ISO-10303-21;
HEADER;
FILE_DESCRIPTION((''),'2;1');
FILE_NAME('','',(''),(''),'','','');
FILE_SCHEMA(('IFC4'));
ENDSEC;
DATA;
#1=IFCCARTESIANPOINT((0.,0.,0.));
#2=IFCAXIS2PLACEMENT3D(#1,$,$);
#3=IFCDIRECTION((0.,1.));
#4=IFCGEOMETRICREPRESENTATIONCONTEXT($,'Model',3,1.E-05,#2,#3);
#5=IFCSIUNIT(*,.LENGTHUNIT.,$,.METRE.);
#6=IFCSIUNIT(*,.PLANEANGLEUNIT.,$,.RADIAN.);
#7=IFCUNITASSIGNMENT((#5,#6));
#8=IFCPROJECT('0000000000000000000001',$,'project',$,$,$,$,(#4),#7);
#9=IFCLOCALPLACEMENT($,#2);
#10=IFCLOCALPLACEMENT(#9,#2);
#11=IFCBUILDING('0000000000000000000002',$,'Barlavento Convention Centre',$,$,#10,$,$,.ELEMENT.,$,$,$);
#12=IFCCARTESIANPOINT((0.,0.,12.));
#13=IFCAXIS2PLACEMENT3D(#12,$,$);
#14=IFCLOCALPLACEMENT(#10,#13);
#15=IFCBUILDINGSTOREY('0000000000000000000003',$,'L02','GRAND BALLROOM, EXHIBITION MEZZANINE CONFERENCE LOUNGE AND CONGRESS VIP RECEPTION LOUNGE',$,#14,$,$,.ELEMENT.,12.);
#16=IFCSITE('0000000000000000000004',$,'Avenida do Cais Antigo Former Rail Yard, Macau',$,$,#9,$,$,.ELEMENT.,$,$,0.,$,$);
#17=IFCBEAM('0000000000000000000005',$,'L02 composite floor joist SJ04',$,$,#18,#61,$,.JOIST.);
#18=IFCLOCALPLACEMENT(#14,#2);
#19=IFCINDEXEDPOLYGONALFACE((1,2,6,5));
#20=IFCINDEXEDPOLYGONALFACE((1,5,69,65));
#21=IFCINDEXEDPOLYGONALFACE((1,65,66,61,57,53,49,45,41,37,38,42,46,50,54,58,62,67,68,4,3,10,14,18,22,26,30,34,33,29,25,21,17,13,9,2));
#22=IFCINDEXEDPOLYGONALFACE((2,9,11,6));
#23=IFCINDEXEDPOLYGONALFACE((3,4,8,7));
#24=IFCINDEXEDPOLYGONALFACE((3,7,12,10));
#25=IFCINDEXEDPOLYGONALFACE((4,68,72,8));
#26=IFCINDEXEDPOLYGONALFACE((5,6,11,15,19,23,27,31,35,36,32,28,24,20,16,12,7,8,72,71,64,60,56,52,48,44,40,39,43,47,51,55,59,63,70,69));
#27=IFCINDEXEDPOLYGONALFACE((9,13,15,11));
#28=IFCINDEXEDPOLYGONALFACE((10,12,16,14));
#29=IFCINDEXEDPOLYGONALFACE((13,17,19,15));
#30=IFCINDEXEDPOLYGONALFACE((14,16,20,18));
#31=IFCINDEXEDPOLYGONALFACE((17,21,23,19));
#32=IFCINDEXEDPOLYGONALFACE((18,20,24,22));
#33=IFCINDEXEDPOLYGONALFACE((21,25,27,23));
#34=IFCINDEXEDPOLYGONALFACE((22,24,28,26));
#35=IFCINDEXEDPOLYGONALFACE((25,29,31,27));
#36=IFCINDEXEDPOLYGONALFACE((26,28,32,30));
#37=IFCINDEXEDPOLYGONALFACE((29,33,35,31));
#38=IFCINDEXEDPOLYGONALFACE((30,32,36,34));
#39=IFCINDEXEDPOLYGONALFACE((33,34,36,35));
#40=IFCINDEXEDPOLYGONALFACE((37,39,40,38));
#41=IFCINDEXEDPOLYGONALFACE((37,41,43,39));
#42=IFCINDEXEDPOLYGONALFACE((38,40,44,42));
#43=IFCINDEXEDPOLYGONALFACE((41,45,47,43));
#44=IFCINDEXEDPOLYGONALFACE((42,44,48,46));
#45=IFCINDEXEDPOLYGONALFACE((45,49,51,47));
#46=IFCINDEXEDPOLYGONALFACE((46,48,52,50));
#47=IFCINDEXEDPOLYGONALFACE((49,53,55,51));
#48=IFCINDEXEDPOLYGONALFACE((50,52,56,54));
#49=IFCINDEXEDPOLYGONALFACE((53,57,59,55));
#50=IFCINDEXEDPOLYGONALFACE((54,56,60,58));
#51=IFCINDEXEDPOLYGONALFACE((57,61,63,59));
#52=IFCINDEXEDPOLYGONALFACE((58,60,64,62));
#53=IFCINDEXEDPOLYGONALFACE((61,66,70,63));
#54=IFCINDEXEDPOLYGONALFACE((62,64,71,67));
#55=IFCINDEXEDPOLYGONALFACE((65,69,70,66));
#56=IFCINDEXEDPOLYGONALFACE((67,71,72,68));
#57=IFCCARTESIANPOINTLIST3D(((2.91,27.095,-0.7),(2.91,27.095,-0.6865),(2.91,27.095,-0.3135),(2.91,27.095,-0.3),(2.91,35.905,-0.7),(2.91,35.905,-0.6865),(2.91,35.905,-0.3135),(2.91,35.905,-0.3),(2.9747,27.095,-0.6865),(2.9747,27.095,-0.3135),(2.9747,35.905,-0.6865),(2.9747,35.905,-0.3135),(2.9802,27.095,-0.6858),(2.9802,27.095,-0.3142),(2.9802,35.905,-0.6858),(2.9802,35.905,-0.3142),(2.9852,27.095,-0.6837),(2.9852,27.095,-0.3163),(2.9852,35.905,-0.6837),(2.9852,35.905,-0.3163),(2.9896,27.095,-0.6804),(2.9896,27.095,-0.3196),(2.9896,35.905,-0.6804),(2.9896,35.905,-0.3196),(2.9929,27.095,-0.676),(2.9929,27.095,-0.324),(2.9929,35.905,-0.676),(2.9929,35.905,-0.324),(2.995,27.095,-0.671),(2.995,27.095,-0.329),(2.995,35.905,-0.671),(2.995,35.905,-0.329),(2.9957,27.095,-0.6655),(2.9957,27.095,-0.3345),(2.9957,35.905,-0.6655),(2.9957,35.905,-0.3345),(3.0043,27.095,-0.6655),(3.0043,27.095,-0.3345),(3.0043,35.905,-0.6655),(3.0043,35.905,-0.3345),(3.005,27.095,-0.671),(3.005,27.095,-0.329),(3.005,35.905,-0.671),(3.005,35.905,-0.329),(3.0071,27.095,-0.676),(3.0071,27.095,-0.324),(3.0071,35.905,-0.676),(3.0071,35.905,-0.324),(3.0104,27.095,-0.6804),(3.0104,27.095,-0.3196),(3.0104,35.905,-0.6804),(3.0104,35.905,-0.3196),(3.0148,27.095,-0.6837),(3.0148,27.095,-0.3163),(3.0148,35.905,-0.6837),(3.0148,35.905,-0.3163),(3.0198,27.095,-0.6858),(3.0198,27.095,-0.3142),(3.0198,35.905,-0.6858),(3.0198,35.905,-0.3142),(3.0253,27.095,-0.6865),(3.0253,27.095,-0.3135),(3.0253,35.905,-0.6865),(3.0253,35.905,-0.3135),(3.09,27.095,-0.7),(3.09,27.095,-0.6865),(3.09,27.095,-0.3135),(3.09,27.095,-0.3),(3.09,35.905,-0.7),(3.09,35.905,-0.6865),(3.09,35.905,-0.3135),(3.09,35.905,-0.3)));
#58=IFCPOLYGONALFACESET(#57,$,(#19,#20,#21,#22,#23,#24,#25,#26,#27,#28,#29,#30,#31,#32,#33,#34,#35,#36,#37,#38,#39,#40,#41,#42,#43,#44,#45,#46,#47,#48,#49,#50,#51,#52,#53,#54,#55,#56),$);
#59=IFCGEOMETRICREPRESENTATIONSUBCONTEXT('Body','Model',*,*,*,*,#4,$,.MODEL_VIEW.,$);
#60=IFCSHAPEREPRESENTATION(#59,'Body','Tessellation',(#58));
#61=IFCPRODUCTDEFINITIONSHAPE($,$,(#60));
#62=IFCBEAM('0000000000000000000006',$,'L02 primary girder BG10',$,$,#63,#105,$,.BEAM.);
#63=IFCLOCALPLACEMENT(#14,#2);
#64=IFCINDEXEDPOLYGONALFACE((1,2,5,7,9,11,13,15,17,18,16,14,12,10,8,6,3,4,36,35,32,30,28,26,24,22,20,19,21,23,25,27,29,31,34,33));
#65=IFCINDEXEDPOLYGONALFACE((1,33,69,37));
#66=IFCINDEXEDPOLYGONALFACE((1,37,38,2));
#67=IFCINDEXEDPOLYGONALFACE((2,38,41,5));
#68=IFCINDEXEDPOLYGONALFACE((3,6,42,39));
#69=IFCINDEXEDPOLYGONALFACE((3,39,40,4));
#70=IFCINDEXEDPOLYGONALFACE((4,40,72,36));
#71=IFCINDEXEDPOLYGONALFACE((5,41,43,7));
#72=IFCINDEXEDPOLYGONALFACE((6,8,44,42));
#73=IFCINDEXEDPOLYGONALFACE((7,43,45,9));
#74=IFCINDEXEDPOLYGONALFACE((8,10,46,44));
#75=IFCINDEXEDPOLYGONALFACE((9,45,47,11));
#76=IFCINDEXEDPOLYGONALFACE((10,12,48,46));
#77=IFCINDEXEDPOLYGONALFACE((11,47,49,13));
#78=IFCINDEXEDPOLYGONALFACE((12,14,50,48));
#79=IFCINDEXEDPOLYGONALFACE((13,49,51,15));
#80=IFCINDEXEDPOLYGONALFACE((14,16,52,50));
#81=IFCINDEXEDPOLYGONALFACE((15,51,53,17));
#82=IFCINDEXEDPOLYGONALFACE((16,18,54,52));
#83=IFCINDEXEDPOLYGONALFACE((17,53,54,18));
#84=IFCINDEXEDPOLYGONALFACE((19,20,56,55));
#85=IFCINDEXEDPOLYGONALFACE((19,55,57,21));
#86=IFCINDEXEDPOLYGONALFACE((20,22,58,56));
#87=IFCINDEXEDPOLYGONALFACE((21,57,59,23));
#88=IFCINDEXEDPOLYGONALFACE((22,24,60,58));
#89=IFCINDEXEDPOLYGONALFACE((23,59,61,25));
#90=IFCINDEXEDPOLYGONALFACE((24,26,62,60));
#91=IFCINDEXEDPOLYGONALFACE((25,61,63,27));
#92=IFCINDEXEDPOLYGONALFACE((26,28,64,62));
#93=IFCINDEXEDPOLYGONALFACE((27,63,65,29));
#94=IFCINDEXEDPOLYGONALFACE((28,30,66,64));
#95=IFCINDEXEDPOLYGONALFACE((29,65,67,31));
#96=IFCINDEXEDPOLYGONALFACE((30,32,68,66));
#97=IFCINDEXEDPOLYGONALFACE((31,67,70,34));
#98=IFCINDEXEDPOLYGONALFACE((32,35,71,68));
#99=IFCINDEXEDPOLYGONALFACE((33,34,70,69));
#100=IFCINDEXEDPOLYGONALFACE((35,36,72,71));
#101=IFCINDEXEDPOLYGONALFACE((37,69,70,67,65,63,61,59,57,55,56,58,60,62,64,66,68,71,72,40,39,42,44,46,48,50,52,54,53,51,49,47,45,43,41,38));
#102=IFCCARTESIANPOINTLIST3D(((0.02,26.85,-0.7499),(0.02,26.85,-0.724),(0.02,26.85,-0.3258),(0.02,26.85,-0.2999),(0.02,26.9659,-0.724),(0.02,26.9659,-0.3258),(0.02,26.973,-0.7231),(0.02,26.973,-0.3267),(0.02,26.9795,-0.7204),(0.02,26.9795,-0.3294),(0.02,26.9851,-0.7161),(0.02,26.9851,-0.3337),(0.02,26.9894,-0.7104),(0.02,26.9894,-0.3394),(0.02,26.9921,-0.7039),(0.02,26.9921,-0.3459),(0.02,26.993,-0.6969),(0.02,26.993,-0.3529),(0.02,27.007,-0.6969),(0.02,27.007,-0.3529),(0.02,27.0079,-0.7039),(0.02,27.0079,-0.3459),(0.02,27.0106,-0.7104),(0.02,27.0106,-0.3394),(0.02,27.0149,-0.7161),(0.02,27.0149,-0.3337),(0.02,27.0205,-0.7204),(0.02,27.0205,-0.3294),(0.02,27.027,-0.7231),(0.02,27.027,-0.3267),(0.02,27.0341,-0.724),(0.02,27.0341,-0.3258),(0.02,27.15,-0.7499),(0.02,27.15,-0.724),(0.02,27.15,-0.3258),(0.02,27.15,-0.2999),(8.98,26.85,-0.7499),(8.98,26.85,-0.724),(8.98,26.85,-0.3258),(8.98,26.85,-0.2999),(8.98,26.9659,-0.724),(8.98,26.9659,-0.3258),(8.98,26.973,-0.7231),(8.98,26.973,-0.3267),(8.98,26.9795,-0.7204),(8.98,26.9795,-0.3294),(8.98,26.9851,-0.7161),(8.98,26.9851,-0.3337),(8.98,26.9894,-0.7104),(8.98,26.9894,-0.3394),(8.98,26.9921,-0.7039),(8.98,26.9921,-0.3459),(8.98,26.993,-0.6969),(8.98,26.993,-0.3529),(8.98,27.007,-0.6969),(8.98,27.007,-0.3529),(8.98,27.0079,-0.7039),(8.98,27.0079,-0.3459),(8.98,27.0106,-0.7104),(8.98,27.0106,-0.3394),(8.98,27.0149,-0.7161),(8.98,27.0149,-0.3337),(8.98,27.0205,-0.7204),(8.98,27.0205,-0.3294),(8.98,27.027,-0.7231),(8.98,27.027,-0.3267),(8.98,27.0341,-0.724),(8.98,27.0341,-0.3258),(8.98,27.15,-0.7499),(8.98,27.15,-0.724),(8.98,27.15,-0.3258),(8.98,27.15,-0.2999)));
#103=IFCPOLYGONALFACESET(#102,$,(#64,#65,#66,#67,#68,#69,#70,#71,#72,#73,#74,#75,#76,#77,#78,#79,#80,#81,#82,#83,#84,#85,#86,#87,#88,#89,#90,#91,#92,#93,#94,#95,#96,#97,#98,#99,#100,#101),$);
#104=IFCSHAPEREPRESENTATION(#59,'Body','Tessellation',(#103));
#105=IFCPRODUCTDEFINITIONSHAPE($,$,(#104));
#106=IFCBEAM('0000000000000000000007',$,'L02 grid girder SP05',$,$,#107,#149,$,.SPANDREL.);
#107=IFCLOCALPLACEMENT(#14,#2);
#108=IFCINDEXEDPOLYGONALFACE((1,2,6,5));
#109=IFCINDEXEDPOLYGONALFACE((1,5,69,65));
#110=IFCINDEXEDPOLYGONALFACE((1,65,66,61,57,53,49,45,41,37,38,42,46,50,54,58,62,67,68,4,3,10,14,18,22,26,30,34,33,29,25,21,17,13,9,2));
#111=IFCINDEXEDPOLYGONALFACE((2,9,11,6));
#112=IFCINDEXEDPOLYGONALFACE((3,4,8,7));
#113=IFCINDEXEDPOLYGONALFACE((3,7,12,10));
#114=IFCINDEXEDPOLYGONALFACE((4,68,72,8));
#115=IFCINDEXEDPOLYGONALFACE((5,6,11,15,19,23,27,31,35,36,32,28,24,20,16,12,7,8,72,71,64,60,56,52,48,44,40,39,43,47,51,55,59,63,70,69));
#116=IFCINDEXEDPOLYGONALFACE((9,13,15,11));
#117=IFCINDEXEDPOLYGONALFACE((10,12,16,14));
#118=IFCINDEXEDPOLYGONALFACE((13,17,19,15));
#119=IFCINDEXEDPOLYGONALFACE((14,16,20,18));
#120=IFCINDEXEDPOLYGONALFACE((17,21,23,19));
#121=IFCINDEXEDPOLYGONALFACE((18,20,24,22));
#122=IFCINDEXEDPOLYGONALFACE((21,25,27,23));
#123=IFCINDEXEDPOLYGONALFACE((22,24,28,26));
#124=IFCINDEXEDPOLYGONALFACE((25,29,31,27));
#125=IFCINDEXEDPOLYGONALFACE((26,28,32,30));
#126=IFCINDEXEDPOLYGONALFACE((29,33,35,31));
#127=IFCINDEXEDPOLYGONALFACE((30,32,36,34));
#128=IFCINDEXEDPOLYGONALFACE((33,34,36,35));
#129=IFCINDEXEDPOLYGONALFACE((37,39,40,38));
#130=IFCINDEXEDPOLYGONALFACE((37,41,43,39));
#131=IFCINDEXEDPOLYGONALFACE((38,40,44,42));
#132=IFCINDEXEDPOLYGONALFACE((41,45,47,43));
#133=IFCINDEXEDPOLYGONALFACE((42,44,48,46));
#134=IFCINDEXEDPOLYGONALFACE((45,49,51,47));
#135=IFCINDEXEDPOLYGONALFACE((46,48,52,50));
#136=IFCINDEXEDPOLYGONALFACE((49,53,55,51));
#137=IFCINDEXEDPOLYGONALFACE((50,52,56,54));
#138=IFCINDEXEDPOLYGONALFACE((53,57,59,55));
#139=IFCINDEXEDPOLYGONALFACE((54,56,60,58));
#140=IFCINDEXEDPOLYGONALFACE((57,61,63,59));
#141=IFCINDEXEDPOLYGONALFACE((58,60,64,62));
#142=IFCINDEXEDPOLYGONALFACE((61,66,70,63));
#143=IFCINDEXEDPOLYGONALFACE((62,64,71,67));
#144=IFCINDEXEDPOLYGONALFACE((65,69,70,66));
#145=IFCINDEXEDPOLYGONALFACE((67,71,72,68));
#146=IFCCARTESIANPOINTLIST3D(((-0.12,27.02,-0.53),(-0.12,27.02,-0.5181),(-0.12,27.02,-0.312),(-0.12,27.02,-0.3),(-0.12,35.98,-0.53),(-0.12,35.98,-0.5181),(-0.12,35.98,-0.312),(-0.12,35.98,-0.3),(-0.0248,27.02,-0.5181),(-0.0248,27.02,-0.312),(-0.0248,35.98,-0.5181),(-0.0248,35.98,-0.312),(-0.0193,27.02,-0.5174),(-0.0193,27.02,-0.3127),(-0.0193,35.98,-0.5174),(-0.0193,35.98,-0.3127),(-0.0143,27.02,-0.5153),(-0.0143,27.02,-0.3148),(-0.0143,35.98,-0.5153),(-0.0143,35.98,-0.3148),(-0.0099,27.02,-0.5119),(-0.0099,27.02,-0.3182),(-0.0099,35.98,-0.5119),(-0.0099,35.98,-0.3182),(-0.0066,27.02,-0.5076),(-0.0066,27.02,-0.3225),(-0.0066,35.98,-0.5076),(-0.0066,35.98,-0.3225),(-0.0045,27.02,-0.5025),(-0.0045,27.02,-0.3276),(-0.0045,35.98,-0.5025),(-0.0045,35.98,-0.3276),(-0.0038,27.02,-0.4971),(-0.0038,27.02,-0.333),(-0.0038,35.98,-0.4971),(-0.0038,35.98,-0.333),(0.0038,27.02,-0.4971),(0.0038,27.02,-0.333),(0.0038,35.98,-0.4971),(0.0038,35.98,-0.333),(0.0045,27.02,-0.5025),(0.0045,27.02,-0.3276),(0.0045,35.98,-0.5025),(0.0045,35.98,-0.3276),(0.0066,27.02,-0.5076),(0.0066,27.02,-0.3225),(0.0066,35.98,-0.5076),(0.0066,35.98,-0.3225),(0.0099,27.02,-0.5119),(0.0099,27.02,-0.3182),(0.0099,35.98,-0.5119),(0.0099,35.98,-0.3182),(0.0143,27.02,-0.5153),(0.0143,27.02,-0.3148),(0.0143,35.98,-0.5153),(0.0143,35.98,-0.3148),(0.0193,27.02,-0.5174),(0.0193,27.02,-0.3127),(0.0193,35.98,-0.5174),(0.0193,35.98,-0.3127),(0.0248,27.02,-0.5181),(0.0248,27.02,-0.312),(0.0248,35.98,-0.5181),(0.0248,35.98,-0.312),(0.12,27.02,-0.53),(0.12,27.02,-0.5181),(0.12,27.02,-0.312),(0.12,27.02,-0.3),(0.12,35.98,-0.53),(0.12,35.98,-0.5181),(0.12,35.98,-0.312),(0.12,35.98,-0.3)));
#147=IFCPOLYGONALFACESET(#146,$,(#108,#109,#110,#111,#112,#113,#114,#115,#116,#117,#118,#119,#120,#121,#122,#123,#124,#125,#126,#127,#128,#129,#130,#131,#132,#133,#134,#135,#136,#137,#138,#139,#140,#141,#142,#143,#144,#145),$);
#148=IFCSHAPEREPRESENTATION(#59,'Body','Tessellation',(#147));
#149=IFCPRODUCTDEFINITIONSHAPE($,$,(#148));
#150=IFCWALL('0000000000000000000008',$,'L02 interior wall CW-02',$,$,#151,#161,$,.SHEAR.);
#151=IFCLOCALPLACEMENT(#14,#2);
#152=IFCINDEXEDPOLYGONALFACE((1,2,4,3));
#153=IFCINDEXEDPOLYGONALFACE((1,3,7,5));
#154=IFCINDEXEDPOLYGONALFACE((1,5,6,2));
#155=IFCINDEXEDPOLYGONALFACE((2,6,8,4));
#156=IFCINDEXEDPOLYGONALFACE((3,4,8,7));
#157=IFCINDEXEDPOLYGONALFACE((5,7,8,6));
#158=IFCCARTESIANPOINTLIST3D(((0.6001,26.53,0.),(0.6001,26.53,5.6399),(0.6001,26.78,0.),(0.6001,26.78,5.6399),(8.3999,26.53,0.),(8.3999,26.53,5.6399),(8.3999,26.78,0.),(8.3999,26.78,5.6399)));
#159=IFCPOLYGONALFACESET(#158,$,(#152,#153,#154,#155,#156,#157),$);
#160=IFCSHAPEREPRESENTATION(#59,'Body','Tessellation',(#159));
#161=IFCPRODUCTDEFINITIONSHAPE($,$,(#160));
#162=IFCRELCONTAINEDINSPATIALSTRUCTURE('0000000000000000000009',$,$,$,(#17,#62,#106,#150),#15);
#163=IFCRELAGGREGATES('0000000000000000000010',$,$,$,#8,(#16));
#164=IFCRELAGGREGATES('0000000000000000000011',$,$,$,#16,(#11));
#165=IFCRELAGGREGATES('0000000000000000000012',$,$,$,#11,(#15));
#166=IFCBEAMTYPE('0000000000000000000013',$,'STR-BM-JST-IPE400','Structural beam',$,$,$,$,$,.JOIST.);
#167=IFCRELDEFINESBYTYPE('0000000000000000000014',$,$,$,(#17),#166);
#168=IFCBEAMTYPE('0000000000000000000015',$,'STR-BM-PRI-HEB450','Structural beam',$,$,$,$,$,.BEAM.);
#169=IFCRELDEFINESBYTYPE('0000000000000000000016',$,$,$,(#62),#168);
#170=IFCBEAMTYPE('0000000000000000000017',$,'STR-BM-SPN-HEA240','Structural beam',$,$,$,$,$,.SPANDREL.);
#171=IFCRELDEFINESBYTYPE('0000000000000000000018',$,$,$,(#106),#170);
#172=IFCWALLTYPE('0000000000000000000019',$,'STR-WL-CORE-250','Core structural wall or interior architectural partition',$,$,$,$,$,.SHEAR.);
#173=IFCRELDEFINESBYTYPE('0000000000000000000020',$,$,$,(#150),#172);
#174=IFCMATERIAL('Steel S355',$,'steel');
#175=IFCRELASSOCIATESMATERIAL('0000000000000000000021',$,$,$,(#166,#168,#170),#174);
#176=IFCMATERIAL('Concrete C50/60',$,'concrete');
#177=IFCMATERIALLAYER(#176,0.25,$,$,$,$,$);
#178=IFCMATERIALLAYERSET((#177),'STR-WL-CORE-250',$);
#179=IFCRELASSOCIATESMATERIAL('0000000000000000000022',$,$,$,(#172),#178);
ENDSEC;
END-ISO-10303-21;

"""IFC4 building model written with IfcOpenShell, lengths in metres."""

from ifc_helpers import new_model, si_unit, direction, frame, frame_2d, origin, origin_2d, place, context, subcontext, project, spatial, rectangle, i_section, extrude, material, layer, layer_set, material_profile, profile_set, type_object, element, save


model = new_model("IFC4")

# Units and contexts
model_context = context("Model", 3, precision=1e-05, world=origin(), true_north=direction((0.0, 1.0)))
body_context = subcontext(model_context, "Body", "Model", "MODEL_VIEW")
ifc_project = project(units=[si_unit("LENGTHUNIT", "METRE"), si_unit("PLANEANGLEUNIT", "RADIAN")], contexts=[model_context])

# Site, building, storey
site_placement = place(None, origin())
site = spatial("IfcSite", under=ifc_project, at=site_placement, Name="Avenida do Cais Antigo Former Rail Yard, Macau", CompositionType="ELEMENT", RefElevation=0.0)
building_placement = place(site_placement, origin())
building = spatial("IfcBuilding", under=site, at=building_placement, Name="Barlavento Convention Centre", CompositionType="ELEMENT")
storey_placement = place(building_placement, frame((0.0, 0.0, 12.0)))
storey = spatial("IfcBuildingStorey", under=building, at=storey_placement, Name="L02", Description="GRAND BALLROOM, EXHIBITION MEZZANINE CONFERENCE LOUNGE AND CONGRESS VIP RECEPTION LOUNGE", CompositionType="ELEMENT", Elevation=12.0)

# Beams
ifc_material_1 = material(Name="Steel S355", Category="steel")
ifc_material_profile_1 = material_profile(ifc_material_1, i_section(OverallWidth=0.1799, OverallDepth=0.3999, WebThickness=0.0085, FlangeThickness=0.0134, FilletRadius=0.021, at=origin_2d()), Name="IPE 400")
ifc_profile_set_1 = profile_set([ifc_material_profile_1], Name="Steel S355")
beam_type_1 = type_object("IfcBeamType", Name="STR-BM-JST-IPE400", Description="Structural beam", PredefinedType="JOIST", material=ifc_profile_set_1)
beam_1_placement = place(storey_placement, frame((3.0, 27.095, -0.5), z_axis=(0.0, 1.0, 0.0), x_axis=(-1.0, 0.0, 0.0)))
element("IfcBeam", 1, at=beam_1_placement, inside=storey, type_object=beam_type_1, Name="L02 composite floor joist SJ04", PredefinedType="JOIST", context=body_context, shape_type="SweptSolid", body=[
    extrude(i_section(OverallWidth=0.1799, OverallDepth=0.3999, WebThickness=0.0085, FlangeThickness=0.0134, FilletRadius=0.021, at=origin_2d()), origin(), (0.0, 0.0, 1.0), 8.8101),
])
ifc_material_profile_2 = material_profile(ifc_material_1, i_section(OverallWidth=0.3, OverallDepth=0.45, WebThickness=0.0139, FlangeThickness=0.0259, FilletRadius=0.0271, at=origin_2d()), Name="HEB 450")
ifc_profile_set_2 = profile_set([ifc_material_profile_2], Name="Steel S355")
beam_type_2 = type_object("IfcBeamType", Name="STR-BM-PRI-HEB450", Description="Structural beam", PredefinedType="BEAM", material=ifc_profile_set_2)
beam_2_placement = place(storey_placement, frame((0.02, 27.0, -0.5249), z_axis=(1.0, 0.0, 0.0), x_axis=(0.0, 1.0, 0.0)))
element("IfcBeam", 2, at=beam_2_placement, inside=storey, type_object=beam_type_2, Name="L02 primary girder BG10", PredefinedType="BEAM", context=body_context, shape_type="SweptSolid", body=[
    extrude(i_section(OverallWidth=0.3, OverallDepth=0.45, WebThickness=0.0139, FlangeThickness=0.0259, FilletRadius=0.0271, at=origin_2d()), origin(), (0.0, 0.0, 1.0), 8.96),
])
ifc_material_profile_3 = material_profile(ifc_material_1, i_section(OverallWidth=0.24, OverallDepth=0.23, WebThickness=0.0076, FlangeThickness=0.012, FilletRadius=0.021, at=origin_2d()), Name="HEA 240")
ifc_profile_set_3 = profile_set([ifc_material_profile_3], Name="Steel S355")
beam_type_3 = type_object("IfcBeamType", Name="STR-BM-SPN-HEA240", Description="Structural beam", PredefinedType="SPANDREL", material=ifc_profile_set_3)
beam_3_placement = place(storey_placement, frame((0.0, 27.02, -0.415), z_axis=(0.0, 1.0, 0.0), x_axis=(-1.0, 0.0, 0.0)))
element("IfcBeam", 3, at=beam_3_placement, inside=storey, type_object=beam_type_3, Name="L02 grid girder SP05", PredefinedType="SPANDREL", context=body_context, shape_type="SweptSolid", body=[
    extrude(i_section(OverallWidth=0.24, OverallDepth=0.23, WebThickness=0.0076, FlangeThickness=0.012, FilletRadius=0.021, at=origin_2d()), origin(), (0.0, 0.0, 1.0), 8.96),
])

# Wall
ifc_material_2 = material(Name="Concrete C50/60", Category="concrete")
ifc_layer_1 = layer(ifc_material_2, 0.25)
ifc_layer_set_1 = layer_set([ifc_layer_1], Name="STR-WL-CORE-250")
wall_type = type_object("IfcWallType", Name="STR-WL-CORE-250", Description="Core structural wall or interior architectural partition", PredefinedType="SHEAR", material=ifc_layer_set_1)
wall_1_placement = place(storey_placement, frame((0.6001, 26.655, 0.0), z_axis=(0.0, 0.0, 1.0), x_axis=(1.0, 0.0, 0.0)))
element("IfcWall", 4, at=wall_1_placement, inside=storey, type_object=wall_type, Name="L02 interior wall CW-02", PredefinedType="SHEAR", context=body_context, shape_type="SweptSolid", body=[
    extrude(rectangle(XDim=7.7998, YDim=0.25, at=frame_2d((3.8999, 0.0))), origin(), (0.0, 0.0, 1.0), 5.6399),
])

save(model, "model.ifc")
